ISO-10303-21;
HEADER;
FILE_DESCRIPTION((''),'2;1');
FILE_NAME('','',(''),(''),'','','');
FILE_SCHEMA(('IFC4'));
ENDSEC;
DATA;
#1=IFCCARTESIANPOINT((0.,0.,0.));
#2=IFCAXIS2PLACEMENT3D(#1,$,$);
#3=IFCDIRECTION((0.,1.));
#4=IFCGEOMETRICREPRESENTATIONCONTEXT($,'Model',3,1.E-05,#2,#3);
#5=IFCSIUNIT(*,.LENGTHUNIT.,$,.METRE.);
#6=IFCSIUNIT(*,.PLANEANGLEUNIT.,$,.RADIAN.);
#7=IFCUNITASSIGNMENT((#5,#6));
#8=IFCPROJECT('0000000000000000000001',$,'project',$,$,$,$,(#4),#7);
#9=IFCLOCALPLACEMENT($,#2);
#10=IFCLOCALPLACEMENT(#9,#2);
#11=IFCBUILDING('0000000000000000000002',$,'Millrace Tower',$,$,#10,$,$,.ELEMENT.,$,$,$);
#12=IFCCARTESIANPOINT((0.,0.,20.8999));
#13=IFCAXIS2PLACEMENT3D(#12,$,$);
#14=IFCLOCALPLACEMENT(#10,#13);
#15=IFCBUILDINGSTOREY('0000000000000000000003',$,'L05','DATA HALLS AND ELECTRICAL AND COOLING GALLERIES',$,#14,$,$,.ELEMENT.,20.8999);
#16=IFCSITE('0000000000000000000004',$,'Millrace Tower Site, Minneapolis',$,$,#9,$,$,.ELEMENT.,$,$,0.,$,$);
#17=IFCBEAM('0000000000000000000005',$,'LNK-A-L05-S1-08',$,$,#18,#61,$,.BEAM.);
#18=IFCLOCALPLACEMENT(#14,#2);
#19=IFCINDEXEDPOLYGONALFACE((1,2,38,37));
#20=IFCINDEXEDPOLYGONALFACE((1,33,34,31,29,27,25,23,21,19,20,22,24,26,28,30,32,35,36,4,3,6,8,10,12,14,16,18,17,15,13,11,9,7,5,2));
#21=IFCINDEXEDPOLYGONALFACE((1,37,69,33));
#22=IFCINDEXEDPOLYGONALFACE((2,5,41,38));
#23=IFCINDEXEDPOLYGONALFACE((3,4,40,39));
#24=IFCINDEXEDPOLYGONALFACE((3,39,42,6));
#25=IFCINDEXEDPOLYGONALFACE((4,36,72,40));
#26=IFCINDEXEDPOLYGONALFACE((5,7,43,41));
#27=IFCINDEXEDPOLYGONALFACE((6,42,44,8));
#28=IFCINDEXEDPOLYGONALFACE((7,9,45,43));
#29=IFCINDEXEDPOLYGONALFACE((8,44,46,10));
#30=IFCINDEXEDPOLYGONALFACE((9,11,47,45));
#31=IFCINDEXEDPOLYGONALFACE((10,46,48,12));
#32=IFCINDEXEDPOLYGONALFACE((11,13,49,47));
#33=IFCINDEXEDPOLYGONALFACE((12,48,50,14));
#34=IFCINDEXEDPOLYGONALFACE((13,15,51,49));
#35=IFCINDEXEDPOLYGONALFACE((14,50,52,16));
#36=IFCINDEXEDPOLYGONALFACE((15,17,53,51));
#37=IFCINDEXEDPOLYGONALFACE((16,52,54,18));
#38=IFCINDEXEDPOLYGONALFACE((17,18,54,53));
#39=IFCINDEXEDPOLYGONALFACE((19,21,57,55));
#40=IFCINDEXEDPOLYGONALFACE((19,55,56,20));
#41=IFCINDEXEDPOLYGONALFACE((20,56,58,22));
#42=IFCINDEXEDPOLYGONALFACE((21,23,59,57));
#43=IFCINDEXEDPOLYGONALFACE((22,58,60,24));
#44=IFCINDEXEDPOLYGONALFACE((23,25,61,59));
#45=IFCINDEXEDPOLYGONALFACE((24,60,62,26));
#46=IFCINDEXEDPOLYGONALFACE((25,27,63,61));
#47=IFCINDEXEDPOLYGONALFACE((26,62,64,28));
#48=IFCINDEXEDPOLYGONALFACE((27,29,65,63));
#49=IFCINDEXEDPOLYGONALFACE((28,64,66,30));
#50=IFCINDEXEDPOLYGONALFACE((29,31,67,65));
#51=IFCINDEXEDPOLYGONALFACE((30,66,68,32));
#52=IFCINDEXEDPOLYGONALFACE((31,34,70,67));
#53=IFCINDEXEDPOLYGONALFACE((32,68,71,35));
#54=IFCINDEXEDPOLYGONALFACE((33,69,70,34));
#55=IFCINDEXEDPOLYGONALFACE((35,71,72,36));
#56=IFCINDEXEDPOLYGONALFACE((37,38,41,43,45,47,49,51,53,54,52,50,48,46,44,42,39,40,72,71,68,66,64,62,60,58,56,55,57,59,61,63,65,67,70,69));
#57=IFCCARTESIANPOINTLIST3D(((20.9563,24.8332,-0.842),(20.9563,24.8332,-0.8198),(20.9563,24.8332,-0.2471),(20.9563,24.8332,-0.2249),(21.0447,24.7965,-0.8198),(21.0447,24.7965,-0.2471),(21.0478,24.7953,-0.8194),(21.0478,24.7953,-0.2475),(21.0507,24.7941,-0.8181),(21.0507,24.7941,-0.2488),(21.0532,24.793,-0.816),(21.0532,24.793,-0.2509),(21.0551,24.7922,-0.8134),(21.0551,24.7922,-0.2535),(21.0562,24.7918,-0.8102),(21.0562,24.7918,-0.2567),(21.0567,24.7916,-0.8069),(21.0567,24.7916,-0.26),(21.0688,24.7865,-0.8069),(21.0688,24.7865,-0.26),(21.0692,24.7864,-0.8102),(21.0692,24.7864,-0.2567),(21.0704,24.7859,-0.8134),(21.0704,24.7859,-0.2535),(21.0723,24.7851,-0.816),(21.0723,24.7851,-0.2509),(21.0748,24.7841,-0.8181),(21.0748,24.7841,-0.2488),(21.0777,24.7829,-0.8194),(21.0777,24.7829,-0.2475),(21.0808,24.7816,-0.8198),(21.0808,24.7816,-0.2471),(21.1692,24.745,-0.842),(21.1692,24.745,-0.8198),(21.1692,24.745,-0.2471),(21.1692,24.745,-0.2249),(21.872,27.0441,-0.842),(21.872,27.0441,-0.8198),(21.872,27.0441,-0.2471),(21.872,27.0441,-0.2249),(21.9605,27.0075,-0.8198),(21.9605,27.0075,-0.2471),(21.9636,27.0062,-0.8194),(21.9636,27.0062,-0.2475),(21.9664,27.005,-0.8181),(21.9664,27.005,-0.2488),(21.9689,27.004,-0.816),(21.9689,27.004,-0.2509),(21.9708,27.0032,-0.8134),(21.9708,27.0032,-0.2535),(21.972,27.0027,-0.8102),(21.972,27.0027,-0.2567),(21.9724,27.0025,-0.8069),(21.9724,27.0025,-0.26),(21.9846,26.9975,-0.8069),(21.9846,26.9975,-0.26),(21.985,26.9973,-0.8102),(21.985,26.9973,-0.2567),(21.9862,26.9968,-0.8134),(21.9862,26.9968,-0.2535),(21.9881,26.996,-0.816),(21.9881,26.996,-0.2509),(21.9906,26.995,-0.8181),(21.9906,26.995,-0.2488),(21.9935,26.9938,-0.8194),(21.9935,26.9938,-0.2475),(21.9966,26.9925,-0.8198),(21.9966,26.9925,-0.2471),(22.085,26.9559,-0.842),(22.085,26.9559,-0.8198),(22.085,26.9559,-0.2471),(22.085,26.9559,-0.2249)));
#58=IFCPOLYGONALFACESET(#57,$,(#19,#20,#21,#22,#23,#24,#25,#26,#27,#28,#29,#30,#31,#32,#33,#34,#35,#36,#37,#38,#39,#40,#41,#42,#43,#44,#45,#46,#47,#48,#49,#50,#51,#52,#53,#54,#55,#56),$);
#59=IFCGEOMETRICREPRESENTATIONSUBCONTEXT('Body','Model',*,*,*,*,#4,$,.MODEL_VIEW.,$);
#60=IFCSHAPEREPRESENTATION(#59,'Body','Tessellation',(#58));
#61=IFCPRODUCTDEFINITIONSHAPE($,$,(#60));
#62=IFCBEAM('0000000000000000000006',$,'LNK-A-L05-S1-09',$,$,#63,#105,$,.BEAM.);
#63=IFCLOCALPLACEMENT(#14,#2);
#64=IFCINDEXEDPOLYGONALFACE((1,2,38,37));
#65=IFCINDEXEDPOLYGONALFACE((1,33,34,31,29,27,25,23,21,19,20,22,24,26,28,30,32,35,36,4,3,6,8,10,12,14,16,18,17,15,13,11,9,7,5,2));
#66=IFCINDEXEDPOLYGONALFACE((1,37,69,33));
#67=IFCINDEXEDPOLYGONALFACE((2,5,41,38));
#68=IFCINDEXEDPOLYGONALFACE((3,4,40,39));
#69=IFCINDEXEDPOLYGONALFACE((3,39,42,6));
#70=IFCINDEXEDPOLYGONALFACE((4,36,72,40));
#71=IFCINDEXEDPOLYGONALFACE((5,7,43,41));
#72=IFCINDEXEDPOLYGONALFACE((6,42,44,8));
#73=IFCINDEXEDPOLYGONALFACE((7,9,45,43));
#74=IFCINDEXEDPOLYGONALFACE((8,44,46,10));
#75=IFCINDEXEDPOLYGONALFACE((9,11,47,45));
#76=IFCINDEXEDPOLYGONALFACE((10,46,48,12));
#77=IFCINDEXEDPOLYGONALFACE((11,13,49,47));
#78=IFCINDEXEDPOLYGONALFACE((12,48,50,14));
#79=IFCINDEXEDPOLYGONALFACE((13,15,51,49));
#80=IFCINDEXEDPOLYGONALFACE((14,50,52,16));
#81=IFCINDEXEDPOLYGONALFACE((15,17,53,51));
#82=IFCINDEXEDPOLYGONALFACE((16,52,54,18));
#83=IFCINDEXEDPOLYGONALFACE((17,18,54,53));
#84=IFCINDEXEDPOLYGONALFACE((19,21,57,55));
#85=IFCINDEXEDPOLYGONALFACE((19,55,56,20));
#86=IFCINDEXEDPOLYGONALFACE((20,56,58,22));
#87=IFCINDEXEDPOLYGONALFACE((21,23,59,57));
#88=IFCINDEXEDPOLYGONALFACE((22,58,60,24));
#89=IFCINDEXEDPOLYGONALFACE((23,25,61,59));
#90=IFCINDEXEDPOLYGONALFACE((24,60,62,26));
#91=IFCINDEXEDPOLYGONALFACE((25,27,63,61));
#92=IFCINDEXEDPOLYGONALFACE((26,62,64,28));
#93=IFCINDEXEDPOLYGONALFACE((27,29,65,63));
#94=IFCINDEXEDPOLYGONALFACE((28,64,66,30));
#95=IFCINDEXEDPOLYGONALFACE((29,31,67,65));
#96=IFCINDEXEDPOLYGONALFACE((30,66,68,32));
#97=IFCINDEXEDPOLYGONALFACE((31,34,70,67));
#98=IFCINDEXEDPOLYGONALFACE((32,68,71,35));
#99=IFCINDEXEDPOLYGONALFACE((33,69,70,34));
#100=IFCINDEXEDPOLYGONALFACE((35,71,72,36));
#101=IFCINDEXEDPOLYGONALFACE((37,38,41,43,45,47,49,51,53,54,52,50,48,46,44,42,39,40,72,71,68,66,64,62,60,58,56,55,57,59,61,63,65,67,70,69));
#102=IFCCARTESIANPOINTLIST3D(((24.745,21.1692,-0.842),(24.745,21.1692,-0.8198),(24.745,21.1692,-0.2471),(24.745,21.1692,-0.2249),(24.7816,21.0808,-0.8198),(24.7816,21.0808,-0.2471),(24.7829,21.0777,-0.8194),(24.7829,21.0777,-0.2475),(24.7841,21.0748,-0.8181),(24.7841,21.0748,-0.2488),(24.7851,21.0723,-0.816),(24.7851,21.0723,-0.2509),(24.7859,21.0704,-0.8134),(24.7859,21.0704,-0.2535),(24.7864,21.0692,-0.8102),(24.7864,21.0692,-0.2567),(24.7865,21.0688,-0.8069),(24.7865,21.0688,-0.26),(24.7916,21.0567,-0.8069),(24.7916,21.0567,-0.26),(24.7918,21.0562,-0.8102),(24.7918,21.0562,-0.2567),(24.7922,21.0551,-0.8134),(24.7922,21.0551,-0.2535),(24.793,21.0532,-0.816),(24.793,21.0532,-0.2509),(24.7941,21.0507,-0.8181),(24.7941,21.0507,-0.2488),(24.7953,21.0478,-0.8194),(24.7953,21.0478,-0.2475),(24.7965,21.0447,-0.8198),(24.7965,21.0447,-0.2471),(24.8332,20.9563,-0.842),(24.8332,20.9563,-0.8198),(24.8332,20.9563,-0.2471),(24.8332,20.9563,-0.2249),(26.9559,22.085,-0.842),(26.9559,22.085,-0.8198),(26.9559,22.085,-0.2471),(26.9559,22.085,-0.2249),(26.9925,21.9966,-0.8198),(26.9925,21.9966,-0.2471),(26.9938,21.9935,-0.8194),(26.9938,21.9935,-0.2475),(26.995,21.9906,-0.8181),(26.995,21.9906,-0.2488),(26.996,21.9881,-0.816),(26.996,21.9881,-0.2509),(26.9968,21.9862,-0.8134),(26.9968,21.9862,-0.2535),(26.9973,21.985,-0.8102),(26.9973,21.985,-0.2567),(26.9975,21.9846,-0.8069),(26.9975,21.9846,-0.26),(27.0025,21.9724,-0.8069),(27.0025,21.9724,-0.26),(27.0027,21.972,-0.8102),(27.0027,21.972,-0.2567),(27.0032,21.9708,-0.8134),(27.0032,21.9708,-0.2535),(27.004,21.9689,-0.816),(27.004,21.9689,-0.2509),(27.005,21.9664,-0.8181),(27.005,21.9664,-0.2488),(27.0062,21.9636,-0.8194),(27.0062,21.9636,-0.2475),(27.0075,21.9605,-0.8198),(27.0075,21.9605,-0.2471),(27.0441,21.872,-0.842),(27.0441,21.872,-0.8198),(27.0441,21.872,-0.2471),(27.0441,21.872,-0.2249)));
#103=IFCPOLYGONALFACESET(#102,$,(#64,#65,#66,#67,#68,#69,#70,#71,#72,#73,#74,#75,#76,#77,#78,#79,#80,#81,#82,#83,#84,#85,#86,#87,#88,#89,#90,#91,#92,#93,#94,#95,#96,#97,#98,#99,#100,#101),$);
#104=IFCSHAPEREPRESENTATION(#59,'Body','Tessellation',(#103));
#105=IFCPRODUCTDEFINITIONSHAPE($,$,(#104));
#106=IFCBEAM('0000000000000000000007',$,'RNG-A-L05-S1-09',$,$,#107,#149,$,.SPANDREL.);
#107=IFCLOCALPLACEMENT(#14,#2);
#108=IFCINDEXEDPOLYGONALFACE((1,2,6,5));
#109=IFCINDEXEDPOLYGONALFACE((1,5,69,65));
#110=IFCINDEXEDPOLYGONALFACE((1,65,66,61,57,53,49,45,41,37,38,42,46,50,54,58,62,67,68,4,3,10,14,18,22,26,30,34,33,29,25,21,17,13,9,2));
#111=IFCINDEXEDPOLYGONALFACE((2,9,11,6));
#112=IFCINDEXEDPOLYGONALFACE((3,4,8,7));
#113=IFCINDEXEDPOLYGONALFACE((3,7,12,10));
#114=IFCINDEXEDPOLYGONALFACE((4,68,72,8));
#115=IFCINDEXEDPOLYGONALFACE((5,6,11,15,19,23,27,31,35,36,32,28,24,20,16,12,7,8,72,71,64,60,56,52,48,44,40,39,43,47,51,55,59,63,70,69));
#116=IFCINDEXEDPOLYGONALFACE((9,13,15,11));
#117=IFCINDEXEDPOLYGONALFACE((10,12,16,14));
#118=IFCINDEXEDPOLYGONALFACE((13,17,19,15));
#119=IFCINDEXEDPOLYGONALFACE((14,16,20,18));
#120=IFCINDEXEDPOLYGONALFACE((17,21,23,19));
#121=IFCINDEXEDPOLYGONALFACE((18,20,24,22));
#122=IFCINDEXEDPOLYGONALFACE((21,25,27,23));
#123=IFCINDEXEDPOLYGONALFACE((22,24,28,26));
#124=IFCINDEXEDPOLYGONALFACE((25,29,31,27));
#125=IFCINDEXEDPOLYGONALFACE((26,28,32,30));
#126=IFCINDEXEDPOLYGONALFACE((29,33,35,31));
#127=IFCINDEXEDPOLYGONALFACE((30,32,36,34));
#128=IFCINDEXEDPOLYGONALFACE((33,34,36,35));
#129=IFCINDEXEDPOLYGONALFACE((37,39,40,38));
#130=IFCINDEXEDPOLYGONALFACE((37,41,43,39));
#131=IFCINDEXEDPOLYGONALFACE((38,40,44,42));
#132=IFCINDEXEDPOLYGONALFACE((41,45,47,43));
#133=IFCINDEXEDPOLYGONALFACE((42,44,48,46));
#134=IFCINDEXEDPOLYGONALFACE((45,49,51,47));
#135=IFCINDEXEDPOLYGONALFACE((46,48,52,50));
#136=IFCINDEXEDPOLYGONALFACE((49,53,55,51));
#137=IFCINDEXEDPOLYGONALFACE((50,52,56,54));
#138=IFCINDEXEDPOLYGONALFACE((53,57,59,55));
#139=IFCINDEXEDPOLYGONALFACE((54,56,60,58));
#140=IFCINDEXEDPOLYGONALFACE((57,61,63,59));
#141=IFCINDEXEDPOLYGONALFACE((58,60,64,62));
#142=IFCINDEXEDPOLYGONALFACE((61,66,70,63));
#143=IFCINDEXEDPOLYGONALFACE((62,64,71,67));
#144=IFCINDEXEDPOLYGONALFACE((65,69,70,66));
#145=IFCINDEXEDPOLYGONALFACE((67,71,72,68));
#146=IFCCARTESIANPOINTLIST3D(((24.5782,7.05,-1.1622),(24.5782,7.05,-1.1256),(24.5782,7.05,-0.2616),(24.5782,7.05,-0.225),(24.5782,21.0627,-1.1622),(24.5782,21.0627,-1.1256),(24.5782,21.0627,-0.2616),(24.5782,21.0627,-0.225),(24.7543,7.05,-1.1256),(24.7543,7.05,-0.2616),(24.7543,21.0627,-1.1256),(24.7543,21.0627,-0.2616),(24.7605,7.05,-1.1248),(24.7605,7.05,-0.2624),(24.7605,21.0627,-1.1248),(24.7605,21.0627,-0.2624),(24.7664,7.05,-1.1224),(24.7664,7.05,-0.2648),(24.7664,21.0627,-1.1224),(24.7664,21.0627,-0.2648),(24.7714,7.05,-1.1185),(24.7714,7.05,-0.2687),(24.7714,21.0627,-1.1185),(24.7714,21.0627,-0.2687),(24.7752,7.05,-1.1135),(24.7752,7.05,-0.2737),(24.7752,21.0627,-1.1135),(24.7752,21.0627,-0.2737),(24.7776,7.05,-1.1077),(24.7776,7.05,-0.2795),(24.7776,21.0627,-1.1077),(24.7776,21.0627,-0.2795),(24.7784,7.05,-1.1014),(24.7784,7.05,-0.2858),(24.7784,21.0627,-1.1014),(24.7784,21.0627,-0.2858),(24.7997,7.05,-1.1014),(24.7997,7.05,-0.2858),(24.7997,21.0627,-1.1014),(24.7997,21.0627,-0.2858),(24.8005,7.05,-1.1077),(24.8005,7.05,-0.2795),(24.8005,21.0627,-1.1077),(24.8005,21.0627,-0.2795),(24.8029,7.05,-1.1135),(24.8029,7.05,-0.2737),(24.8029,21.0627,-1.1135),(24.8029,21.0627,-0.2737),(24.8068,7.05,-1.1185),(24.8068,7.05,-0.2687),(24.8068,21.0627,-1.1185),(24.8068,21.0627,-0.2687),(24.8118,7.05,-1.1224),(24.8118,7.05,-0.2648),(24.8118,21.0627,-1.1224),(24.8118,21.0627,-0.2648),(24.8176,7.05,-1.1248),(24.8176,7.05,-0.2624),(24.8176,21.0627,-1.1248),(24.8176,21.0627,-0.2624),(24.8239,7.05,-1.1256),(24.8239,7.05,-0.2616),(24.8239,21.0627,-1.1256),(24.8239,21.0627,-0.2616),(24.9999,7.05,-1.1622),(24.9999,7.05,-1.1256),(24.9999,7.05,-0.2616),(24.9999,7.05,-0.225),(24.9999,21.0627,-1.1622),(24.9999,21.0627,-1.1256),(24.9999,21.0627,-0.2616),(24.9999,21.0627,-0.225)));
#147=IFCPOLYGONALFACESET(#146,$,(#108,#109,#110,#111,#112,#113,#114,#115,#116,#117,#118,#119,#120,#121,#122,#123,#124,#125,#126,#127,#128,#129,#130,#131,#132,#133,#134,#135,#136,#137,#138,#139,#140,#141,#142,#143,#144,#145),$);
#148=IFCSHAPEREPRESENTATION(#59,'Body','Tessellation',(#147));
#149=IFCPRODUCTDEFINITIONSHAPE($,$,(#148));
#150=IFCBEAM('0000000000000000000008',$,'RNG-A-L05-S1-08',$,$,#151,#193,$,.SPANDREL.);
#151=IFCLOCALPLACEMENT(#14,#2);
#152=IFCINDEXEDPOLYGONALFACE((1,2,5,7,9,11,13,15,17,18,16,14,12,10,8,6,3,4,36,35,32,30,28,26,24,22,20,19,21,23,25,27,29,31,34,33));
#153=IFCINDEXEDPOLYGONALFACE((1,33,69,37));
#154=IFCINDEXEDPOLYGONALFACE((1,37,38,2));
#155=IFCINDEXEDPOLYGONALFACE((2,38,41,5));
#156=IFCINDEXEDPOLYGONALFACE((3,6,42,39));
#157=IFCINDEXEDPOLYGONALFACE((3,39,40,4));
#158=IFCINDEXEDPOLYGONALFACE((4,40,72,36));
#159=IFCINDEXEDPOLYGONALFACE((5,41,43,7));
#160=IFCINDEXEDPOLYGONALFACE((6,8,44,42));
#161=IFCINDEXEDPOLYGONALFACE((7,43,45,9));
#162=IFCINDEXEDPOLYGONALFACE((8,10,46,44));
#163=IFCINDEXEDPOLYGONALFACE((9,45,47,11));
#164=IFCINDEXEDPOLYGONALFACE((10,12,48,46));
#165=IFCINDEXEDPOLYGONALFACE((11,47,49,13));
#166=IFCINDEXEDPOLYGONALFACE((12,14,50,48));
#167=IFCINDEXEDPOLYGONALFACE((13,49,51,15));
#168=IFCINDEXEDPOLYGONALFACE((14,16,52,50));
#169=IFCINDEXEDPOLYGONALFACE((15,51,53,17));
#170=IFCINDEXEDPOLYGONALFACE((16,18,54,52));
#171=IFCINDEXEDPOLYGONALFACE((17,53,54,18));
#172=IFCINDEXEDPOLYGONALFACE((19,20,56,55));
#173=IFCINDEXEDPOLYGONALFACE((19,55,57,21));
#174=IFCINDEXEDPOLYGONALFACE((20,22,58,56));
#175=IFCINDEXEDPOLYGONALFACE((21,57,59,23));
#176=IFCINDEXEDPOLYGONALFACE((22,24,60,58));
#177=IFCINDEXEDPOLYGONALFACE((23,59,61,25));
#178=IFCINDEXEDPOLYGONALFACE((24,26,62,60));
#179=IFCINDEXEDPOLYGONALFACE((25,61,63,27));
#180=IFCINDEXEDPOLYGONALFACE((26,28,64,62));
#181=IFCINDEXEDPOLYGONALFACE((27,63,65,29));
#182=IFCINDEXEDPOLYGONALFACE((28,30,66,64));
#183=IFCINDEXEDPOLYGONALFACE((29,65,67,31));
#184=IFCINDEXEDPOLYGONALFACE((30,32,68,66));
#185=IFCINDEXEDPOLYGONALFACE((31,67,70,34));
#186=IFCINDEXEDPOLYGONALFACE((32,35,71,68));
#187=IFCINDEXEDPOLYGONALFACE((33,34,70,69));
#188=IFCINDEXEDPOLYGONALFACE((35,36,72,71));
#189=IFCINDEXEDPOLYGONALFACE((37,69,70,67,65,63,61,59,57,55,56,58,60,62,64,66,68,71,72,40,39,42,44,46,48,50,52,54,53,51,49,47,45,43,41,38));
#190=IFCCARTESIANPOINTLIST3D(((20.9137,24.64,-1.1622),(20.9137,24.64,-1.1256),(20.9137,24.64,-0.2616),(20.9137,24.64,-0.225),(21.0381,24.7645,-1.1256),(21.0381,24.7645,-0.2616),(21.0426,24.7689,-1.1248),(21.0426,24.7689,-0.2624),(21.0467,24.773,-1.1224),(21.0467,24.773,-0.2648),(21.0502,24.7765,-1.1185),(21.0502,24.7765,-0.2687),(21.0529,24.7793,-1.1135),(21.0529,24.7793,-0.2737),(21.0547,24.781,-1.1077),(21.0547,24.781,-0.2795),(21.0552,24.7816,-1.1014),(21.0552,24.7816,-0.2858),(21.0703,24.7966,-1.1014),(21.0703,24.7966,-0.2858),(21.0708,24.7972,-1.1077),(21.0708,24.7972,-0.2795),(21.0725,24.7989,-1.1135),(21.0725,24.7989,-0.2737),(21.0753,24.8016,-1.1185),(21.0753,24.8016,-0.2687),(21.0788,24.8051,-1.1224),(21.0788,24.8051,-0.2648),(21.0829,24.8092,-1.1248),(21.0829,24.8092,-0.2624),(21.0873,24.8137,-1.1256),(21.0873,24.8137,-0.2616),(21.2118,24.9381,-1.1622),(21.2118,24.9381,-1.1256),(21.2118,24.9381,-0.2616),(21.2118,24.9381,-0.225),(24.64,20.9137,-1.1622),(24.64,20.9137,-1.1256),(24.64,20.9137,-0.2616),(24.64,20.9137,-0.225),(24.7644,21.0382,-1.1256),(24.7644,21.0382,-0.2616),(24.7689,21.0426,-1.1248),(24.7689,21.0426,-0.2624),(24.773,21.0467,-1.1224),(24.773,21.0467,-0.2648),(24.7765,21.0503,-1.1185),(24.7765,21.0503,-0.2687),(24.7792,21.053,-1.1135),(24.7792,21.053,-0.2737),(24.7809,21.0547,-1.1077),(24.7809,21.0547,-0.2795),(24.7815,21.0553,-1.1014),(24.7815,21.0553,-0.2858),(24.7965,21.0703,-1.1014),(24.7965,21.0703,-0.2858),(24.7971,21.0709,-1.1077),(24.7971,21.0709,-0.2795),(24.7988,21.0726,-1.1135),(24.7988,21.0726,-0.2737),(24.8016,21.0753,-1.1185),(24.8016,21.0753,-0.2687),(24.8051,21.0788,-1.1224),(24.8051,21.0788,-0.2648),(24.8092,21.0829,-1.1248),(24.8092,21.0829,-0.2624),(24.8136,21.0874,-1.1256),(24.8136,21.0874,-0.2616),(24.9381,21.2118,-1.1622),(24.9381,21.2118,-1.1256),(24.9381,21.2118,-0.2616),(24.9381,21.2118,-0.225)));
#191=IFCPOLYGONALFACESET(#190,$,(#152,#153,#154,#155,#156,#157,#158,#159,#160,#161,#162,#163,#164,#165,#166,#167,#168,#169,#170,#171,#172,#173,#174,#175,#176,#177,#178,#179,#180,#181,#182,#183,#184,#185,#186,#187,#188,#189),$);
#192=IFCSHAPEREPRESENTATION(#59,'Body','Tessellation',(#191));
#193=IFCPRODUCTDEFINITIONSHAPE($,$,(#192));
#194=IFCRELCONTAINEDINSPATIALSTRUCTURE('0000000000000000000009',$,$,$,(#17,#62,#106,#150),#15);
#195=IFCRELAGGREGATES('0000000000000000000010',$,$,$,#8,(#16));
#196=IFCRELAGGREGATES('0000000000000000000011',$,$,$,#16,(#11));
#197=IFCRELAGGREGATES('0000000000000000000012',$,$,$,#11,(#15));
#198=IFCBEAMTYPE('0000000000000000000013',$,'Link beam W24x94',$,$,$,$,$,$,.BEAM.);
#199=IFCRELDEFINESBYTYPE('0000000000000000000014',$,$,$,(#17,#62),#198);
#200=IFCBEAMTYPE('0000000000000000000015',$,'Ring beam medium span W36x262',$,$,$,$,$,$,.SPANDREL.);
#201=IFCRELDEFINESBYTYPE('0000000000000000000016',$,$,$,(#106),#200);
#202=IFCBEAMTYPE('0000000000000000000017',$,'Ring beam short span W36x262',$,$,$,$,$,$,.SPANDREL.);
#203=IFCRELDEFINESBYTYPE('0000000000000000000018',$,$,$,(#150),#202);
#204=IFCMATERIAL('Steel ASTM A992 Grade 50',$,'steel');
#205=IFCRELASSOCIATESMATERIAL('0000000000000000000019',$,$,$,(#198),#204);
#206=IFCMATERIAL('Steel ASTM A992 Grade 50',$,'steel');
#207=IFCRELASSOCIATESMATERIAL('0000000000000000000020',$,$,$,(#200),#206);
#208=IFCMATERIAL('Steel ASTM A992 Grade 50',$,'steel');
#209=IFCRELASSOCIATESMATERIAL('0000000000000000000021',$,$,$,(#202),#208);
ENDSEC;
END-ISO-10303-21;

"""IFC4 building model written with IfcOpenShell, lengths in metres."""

from ifc_helpers import new_model, si_unit, direction, frame, origin, origin_2d, place, context, subcontext, project, spatial, i_section, extrude, material, material_profile, profile_set, type_object, element, save


model = new_model("IFC4")

# Units and contexts
model_context = context("Model", 3, precision=1e-05, world=origin(), true_north=direction((0.0, 1.0)))
body_context = subcontext(model_context, "Body", "Model", "MODEL_VIEW")
ifc_project = project(units=[si_unit("LENGTHUNIT", "METRE"), si_unit("PLANEANGLEUNIT", "RADIAN")], contexts=[model_context])

# Site, building, storey
site_placement = place(None, origin())
site = spatial("IfcSite", under=ifc_project, at=site_placement, Name="Millrace Tower Site, Minneapolis", CompositionType="ELEMENT", RefElevation=0.0)
building_placement = place(site_placement, origin())
building = spatial("IfcBuilding", under=site, at=building_placement, Name="Millrace Tower", CompositionType="ELEMENT")
storey_placement = place(building_placement, frame((0.0, 0.0, 20.8999)))
storey = spatial("IfcBuildingStorey", under=building, at=storey_placement, Name="L05", Description="DATA HALLS AND ELECTRICAL AND COOLING GALLERIES", CompositionType="ELEMENT", Elevation=20.8999)

# Beams
ifc_material_1 = material(Name="Steel ASTM A992 Grade 50", Category="steel")
ifc_material_profile_1 = material_profile(ifc_material_1, i_section(OverallWidth=0.2305, OverallDepth=0.6172, WebThickness=0.0132, FlangeThickness=0.0222, FilletRadius=0.0129, at=origin_2d()))
ifc_profile_set_1 = profile_set([ifc_material_profile_1], Name="Steel ASTM A992 Grade 50")
beam_type_1 = type_object("IfcBeamType", Name="Link beam W24x94", PredefinedType="BEAM", material=ifc_profile_set_1)
for number, where, z_axis, x_axis, name in (
    (1, (21.0627, 24.7891, -0.5334), (0.382673, 0.923884, 0.0), (-0.923884, 0.382673, 0.0), "LNK-A-L05-S1-08"),
    (2, (24.7891, 21.0627, -0.5334), (0.923884, 0.382673, 0.0), (-0.382673, 0.923884, 0.0), "LNK-A-L05-S1-09"),
):
    element("IfcBeam", number, at=place(storey_placement, frame(where, z_axis=z_axis, x_axis=x_axis)), inside=storey, type_object=beam_type_1, Name=name, PredefinedType="BEAM", context=body_context, shape_type="SweptSolid", body=[
        extrude(i_section(OverallWidth=0.2305, OverallDepth=0.6172, WebThickness=0.0132, FlangeThickness=0.0222, FilletRadius=0.0129, at=origin_2d()), origin(), (0.0, 0.0, 1.0), 2.3931),
    ])
ifc_material_2 = material(Name="Steel ASTM A992 Grade 50", Category="steel")
ifc_material_profile_2 = material_profile(ifc_material_2, i_section(OverallWidth=0.4216, OverallDepth=0.9373, WebThickness=0.0212, FlangeThickness=0.0366, FilletRadius=0.0242, at=origin_2d()))
ifc_profile_set_2 = profile_set([ifc_material_profile_2], Name="Steel ASTM A992 Grade 50")
beam_type_2 = type_object("IfcBeamType", Name="Ring beam medium span W36x262", PredefinedType="SPANDREL", material=ifc_profile_set_2)
beam_1_placement = place(storey_placement, frame((24.7891, 21.0627, -0.6936), z_axis=(0.0, -1.0, 0.0), x_axis=(1.0, 0.0, 0.0)))
element("IfcBeam", 3, at=beam_1_placement, inside=storey, type_object=beam_type_2, Name="RNG-A-L05-S1-09", PredefinedType="SPANDREL", context=body_context, shape_type="SweptSolid", body=[
    extrude(i_section(OverallWidth=0.4216, OverallDepth=0.9373, WebThickness=0.0212, FlangeThickness=0.0366, FilletRadius=0.0242, at=origin_2d()), origin(), (0.0, 0.0, 1.0), 14.0127),
])
ifc_material_3 = material(Name="Steel ASTM A992 Grade 50", Category="steel")
ifc_material_profile_3 = material_profile(ifc_material_3, i_section(OverallWidth=0.4216, OverallDepth=0.9373, WebThickness=0.0212, FlangeThickness=0.0366, FilletRadius=0.0242, at=origin_2d()))
ifc_profile_set_3 = profile_set([ifc_material_profile_3], Name="Steel ASTM A992 Grade 50")
beam_type_3 = type_object("IfcBeamType", Name="Ring beam short span W36x262", PredefinedType="SPANDREL", material=ifc_profile_set_3)
beam_2_placement = place(storey_placement, frame((21.0627, 24.7891, -0.6936), z_axis=(0.707107, -0.707107, 0.0), x_axis=(0.707107, 0.707107, 0.0)))
element("IfcBeam", 4, at=beam_2_placement, inside=storey, type_object=beam_type_3, Name="RNG-A-L05-S1-08", PredefinedType="SPANDREL", context=body_context, shape_type="SweptSolid", body=[
    extrude(i_section(OverallWidth=0.4216, OverallDepth=0.9373, WebThickness=0.0212, FlangeThickness=0.0366, FilletRadius=0.0242, at=origin_2d()), origin(), (0.0, 0.0, 1.0), 5.2698),
])

save(model, "model.ifc")
